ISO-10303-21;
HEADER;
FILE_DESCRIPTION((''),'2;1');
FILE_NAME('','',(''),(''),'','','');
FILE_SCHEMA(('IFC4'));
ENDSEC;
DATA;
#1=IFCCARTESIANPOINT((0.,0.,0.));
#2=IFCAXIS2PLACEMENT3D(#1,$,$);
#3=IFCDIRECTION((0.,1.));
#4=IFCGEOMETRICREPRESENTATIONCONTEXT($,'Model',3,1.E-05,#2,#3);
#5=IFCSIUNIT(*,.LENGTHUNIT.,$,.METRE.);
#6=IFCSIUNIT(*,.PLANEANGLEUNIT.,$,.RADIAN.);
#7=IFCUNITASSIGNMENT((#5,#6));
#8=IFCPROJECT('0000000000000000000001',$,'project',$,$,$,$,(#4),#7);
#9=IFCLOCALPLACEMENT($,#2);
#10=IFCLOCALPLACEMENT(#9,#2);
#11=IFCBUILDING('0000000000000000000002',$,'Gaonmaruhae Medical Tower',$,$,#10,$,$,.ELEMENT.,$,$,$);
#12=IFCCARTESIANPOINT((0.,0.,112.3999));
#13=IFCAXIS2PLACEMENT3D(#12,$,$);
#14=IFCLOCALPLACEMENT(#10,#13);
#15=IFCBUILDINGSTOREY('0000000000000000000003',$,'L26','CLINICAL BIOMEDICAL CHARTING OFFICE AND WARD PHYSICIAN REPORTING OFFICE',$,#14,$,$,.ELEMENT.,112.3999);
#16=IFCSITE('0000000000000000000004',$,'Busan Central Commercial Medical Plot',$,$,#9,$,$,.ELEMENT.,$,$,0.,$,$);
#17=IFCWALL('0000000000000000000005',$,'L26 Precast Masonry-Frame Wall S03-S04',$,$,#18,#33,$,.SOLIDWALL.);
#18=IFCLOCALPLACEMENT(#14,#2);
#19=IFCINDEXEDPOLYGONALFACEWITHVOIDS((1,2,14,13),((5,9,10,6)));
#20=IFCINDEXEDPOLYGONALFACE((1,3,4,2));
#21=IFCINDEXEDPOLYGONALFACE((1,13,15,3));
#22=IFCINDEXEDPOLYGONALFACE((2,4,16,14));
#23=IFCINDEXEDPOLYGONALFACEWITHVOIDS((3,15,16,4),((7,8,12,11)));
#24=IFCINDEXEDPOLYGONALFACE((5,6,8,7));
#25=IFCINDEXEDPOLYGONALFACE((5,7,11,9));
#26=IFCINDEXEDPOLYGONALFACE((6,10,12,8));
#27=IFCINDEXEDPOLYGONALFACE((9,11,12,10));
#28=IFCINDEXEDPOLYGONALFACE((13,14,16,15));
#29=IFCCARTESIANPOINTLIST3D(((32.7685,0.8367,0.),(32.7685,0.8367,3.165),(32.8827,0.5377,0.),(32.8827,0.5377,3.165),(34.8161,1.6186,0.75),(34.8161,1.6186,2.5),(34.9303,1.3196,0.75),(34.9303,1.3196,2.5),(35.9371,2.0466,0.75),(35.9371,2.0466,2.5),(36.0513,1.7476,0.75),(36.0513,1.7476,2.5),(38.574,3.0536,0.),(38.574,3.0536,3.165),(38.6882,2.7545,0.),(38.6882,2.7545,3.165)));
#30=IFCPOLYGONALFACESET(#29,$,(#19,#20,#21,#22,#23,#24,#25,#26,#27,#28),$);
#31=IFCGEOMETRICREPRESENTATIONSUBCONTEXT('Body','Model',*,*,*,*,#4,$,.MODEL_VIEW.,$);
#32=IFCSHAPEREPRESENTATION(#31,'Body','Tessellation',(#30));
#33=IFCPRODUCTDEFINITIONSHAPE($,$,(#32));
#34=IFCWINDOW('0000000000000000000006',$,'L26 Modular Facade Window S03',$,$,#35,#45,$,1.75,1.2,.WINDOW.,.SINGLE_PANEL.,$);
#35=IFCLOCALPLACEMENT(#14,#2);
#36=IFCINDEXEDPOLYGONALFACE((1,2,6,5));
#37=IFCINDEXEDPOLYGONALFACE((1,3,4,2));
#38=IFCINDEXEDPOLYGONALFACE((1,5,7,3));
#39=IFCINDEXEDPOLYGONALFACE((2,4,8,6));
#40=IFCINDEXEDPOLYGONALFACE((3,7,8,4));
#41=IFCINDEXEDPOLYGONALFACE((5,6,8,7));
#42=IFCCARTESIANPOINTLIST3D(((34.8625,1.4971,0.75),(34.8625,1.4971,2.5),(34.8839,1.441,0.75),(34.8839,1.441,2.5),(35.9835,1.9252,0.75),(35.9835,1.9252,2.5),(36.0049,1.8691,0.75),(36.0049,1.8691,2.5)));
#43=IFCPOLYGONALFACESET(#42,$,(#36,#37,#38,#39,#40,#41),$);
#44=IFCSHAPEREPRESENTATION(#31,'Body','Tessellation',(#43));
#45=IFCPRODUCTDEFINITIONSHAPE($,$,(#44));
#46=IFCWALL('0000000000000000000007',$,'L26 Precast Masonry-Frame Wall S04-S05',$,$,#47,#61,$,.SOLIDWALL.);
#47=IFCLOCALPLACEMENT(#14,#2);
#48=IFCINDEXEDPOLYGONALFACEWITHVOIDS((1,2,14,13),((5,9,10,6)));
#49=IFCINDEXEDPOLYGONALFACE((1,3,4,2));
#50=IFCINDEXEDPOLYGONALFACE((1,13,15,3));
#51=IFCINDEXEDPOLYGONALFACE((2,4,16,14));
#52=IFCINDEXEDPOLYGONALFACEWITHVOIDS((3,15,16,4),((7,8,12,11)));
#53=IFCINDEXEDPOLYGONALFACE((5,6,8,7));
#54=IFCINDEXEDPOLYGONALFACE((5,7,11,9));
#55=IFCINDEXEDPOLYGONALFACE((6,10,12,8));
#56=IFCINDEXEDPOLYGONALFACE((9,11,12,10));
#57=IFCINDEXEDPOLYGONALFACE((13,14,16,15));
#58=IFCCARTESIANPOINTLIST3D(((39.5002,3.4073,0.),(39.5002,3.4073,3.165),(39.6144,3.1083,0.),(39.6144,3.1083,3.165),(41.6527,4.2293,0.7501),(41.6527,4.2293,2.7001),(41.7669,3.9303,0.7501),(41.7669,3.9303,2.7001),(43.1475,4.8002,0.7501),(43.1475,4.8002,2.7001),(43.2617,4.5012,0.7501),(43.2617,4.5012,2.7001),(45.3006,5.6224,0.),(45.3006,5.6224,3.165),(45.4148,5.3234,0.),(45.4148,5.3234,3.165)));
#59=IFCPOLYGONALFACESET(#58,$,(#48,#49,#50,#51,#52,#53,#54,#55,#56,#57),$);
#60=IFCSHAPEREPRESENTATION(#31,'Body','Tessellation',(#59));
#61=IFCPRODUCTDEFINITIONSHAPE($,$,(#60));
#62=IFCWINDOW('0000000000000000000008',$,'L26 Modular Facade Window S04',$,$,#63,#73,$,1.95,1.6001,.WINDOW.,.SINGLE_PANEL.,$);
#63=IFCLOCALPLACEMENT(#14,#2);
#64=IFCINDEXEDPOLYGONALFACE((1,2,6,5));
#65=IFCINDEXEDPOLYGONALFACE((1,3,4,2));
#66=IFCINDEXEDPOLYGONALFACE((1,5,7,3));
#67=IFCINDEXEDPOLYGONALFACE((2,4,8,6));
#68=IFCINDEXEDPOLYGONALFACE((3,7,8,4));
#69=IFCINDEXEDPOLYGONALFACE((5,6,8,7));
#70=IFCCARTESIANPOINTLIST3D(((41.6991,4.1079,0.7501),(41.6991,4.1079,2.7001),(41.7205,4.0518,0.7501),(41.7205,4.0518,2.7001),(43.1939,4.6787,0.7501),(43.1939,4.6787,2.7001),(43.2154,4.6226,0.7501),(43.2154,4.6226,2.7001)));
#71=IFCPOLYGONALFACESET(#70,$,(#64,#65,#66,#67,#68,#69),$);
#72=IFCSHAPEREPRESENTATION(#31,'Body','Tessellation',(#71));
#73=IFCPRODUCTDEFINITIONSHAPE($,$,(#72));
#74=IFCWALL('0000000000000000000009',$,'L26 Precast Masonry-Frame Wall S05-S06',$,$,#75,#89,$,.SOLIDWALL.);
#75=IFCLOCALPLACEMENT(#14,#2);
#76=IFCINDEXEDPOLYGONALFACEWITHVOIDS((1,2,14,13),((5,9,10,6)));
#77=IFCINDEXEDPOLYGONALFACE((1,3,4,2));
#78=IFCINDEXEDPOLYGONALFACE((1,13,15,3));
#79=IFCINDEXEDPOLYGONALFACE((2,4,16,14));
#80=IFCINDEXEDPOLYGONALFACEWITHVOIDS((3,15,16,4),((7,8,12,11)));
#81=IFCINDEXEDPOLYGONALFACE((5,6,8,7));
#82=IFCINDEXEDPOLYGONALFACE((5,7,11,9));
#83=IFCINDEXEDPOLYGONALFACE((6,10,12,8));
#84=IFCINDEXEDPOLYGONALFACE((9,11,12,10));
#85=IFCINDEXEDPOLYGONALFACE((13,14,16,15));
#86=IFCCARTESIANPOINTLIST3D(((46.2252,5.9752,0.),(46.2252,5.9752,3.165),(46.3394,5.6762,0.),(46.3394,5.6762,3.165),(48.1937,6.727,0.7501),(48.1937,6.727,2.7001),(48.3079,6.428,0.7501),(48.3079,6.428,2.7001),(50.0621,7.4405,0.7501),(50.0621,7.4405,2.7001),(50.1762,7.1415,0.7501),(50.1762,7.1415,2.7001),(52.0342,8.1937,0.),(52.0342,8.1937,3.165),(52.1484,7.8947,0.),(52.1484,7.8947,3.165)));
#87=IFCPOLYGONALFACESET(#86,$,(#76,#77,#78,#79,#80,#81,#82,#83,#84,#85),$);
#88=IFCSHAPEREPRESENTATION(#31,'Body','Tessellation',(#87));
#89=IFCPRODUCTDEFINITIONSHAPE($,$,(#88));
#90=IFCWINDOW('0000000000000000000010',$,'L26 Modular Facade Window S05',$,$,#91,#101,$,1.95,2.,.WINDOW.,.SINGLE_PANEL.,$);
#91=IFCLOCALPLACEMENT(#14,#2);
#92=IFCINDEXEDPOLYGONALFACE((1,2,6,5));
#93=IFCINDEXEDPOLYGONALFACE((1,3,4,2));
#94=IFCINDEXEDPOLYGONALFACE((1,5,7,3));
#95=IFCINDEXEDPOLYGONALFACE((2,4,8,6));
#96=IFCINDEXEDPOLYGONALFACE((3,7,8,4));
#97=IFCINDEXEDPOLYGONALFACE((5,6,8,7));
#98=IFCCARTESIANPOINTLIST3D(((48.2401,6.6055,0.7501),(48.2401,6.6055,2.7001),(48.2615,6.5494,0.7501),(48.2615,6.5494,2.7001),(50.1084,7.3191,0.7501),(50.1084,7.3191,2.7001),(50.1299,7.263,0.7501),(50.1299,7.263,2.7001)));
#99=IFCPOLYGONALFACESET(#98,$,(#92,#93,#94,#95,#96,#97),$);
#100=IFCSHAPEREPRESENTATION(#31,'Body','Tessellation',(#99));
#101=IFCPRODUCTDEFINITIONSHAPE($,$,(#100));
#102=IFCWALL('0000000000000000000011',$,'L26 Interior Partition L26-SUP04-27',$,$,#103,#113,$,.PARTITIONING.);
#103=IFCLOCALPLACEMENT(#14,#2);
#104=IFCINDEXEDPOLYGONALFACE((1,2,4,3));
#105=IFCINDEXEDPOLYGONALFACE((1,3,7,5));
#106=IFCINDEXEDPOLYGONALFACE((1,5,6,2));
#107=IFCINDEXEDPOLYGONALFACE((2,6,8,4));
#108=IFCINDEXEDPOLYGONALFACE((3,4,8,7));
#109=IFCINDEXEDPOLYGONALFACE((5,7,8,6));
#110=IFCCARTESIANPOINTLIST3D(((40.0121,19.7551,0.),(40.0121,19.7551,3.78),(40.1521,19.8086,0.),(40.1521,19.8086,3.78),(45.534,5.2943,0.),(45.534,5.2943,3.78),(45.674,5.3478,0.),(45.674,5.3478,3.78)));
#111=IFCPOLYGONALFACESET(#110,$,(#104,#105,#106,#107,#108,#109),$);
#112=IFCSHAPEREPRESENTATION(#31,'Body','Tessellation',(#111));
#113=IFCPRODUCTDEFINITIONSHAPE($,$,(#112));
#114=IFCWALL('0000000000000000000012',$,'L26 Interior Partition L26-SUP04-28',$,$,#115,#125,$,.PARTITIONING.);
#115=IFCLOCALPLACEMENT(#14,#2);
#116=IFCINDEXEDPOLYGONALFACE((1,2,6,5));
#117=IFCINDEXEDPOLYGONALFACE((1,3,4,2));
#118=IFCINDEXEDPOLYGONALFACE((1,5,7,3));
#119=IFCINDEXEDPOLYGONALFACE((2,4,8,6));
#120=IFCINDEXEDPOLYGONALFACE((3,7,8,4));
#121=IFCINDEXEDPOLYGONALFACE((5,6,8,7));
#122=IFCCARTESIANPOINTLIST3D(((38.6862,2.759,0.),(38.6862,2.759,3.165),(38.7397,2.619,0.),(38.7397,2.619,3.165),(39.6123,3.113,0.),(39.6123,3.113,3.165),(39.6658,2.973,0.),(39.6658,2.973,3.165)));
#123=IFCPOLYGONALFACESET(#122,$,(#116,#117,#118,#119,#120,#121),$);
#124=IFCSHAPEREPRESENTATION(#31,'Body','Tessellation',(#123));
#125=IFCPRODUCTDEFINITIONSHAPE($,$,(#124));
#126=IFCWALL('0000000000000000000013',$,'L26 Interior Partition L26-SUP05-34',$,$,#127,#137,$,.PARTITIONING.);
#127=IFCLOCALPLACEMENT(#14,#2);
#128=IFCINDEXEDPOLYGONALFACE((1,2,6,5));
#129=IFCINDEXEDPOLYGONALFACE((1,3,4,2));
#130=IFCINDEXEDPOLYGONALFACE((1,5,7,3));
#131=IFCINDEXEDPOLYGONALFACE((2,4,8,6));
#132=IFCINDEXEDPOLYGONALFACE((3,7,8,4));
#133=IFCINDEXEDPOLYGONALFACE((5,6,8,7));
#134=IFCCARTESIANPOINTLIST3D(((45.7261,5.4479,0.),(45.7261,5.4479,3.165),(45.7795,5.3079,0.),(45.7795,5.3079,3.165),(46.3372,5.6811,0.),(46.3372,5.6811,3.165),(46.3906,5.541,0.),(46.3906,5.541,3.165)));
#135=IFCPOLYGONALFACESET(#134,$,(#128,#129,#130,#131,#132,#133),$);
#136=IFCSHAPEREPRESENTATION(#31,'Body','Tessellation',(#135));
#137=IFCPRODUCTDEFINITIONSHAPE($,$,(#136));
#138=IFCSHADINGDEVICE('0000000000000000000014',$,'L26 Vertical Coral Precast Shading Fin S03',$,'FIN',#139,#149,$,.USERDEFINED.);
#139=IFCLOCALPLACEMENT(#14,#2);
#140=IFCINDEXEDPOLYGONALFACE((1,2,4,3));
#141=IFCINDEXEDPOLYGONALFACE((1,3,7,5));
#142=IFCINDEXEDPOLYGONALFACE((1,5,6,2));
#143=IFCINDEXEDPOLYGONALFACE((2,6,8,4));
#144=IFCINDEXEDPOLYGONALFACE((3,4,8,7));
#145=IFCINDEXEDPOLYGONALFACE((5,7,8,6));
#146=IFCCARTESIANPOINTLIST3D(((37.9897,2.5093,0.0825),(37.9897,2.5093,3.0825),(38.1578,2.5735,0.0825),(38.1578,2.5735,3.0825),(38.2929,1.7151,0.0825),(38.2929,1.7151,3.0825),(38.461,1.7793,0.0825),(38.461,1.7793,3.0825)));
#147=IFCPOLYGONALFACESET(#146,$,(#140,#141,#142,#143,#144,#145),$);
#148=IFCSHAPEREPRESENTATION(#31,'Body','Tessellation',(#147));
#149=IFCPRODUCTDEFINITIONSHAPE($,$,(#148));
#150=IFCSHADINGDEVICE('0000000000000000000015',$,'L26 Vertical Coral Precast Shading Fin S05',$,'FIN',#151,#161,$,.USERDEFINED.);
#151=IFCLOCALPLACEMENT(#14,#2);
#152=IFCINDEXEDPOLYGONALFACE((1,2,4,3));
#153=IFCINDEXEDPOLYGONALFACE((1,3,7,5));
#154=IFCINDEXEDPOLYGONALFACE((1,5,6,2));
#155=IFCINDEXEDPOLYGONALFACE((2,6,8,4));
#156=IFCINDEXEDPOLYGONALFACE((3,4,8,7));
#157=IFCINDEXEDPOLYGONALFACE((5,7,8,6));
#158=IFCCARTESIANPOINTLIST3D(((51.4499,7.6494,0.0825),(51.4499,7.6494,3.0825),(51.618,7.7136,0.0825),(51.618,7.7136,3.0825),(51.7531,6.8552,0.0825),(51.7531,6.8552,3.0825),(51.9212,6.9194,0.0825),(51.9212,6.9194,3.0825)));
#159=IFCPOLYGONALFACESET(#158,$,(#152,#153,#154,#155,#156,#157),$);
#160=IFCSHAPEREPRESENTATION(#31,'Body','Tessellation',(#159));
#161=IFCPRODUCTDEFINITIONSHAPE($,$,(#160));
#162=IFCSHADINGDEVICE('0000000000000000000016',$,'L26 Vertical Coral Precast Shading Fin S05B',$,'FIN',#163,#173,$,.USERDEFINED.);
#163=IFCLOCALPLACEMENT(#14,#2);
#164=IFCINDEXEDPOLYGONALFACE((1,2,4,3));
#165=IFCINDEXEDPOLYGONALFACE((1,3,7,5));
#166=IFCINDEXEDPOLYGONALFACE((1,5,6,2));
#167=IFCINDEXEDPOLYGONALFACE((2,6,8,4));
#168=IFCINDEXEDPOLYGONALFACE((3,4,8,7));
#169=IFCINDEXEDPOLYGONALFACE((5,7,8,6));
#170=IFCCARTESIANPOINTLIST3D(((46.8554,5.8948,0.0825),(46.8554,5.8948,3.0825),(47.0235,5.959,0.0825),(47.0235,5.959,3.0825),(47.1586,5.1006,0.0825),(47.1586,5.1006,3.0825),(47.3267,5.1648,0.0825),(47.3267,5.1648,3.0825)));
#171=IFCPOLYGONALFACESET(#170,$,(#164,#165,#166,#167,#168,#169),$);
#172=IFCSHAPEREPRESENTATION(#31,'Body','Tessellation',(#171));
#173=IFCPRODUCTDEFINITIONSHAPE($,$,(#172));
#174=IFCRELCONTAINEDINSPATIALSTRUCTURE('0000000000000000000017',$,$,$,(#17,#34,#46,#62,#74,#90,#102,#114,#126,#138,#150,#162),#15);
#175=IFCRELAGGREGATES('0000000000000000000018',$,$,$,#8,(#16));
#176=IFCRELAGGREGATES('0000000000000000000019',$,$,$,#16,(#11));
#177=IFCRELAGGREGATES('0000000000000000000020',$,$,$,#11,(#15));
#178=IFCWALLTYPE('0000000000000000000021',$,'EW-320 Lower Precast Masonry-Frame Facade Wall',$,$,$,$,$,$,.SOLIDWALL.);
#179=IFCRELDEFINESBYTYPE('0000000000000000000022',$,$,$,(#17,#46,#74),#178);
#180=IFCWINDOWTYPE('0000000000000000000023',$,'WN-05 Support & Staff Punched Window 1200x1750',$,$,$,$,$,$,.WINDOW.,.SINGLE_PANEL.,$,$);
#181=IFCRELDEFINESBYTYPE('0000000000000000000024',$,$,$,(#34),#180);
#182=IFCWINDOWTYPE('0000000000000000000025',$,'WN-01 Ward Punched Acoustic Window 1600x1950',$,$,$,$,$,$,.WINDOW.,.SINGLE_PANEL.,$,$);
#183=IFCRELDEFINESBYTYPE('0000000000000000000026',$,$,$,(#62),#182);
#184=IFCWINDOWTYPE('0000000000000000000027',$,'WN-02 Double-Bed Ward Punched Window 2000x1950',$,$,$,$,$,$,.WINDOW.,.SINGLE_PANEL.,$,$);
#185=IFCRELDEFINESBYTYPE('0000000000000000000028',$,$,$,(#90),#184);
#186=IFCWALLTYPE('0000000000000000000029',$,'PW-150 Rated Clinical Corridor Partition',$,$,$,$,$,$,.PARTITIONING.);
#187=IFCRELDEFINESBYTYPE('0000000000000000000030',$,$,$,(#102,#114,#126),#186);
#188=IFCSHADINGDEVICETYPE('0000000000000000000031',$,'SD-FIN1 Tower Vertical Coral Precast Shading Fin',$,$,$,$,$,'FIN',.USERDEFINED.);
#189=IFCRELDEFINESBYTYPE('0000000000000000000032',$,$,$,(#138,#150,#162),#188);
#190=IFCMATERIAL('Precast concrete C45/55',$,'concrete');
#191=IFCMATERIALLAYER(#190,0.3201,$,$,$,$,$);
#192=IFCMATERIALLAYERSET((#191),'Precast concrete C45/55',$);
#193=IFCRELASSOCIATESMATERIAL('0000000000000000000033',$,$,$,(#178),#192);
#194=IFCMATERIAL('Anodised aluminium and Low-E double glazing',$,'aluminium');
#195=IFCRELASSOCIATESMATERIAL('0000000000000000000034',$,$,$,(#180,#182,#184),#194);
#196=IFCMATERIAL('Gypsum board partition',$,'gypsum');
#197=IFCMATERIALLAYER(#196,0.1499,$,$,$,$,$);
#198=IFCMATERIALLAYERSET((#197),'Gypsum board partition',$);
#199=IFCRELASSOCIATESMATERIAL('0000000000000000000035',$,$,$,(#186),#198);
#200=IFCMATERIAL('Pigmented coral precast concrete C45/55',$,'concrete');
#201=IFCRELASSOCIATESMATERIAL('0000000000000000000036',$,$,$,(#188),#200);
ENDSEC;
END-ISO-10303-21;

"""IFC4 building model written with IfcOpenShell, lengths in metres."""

from ifc_helpers import new_model, si_unit, direction, frame, frame_2d, origin, origin_2d, place, context, subcontext, project, spatial, rectangle, extrude, material, layer, layer_set, type_object, element, fill, save


model = new_model("IFC4")

# Units and contexts
model_context = context("Model", 3, precision=1e-05, world=origin(), true_north=direction((0.0, 1.0)))
body_context = subcontext(model_context, "Body", "Model", "MODEL_VIEW")
ifc_project = project(units=[si_unit("LENGTHUNIT", "METRE"), si_unit("PLANEANGLEUNIT", "RADIAN")], contexts=[model_context])

# Site, building, storey
site_placement = place(None, origin())
site = spatial("IfcSite", under=ifc_project, at=site_placement, Name="Busan Central Commercial Medical Plot", CompositionType="ELEMENT", RefElevation=0.0)
building_placement = place(site_placement, origin())
building = spatial("IfcBuilding", under=site, at=building_placement, Name="Gaonmaruhae Medical Tower", CompositionType="ELEMENT")
storey_placement = place(building_placement, frame((0.0, 0.0, 112.3999)))
storey = spatial("IfcBuildingStorey", under=building, at=storey_placement, Name="L26", Description="CLINICAL BIOMEDICAL CHARTING OFFICE AND WARD PHYSICIAN REPORTING OFFICE", CompositionType="ELEMENT", Elevation=112.3999)

# Walls, openings, windows
ifc_material_1 = material(Name="Precast concrete C45/55", Category="concrete")
ifc_layer_1 = layer(ifc_material_1, 0.3201)
ifc_layer_set_1 = layer_set([ifc_layer_1], Name="Precast concrete C45/55")
wall_type_1 = type_object("IfcWallType", Name="EW-320 Lower Precast Masonry-Frame Facade Wall", PredefinedType="SOLIDWALL", material=ifc_layer_set_1)
wall_1_placement = place(storey_placement, frame((38.6311, 2.9041, 0.0), z_axis=(0.0, 0.0, 1.0), x_axis=(-0.934209, -0.356727, 0.0)))
wall_1 = element("IfcWall", 1, at=wall_1_placement, inside=storey, type_object=wall_type_1, Name="L26 Precast Masonry-Frame Wall S03-S04", PredefinedType="SOLIDWALL", context=body_context, shape_type="SweptSolid", body=[
    extrude(rectangle(XDim=6.2144, YDim=0.3201, at=frame_2d((3.1072, 0.0))), origin(), (0.0, 0.0, 1.0), 3.165),
])
opening_1_placement = place(wall_1_placement, frame((2.8225, 0.0, 0.75)))
opening_1 = element("IfcOpeningElement", 2, at=opening_1_placement, cuts=wall_1, PredefinedType="OPENING", context=body_context, shape_type="SweptSolid", body=[
    extrude(rectangle(XDim=1.2, YDim=1.75, at=frame_2d((0.6001, 0.875))), frame((0.0, 0.1699, 0.0), z_axis=(0.0, -1.0, 0.0), x_axis=(1.0, 0.0, 0.0)), (0.0, 0.0, 1.0), 0.3401),
])
ifc_material_2 = material(Name="Anodised aluminium and Low-E double glazing", Category="aluminium")
window_type_1 = type_object("IfcWindowType", Name="WN-05 Support & Staff Punched Window 1200x1750", PartitioningType="SINGLE_PANEL", PredefinedType="WINDOW", material=ifc_material_2)
window_1_placement = place(opening_1_placement, origin())
window_1 = element("IfcWindow", 3, at=window_1_placement, inside=storey, type_object=window_type_1, Name="L26 Modular Facade Window S03", OverallHeight=1.75, OverallWidth=1.2, PartitioningType="SINGLE_PANEL", PredefinedType="WINDOW", context=body_context, shape_type="SweptSolid", body=[
    extrude(rectangle(XDim=1.2, YDim=1.75, at=frame_2d((0.6001, 0.875))), frame((0.0, 0.03, 0.0), z_axis=(0.0, -1.0, 0.0), x_axis=(1.0, 0.0, 0.0)), (0.0, 0.0, 1.0), 0.0601),
])
fill(opening_1, window_1)
wall_2_placement = place(storey_placement, frame((45.3577, 5.4729, 0.0), z_axis=(0.0, 0.0, 1.0), x_axis=(-0.934195, -0.356762, 0.0)))
wall_2 = element("IfcWall", 4, at=wall_2_placement, inside=storey, type_object=wall_type_1, Name="L26 Precast Masonry-Frame Wall S04-S05", PredefinedType="SOLIDWALL", context=body_context, shape_type="SweptSolid", body=[
    extrude(rectangle(XDim=6.209, YDim=0.3201, at=frame_2d((3.1045, 0.0))), origin(), (0.0, 0.0, 1.0), 3.165),
])
opening_2_placement = place(wall_2_placement, frame((2.3047, 0.0, 0.75)))
opening_2 = element("IfcOpeningElement", 5, at=opening_2_placement, cuts=wall_2, PredefinedType="OPENING", context=body_context, shape_type="SweptSolid", body=[
    extrude(rectangle(XDim=1.6001, YDim=1.95, at=frame_2d((0.8, 0.9751))), frame((0.0, 0.1699, 0.0), z_axis=(0.0, -1.0, 0.0), x_axis=(1.0, 0.0, 0.0)), (0.0, 0.0, 1.0), 0.3401),
])
window_type_2 = type_object("IfcWindowType", Name="WN-01 Ward Punched Acoustic Window 1600x1950", PartitioningType="SINGLE_PANEL", PredefinedType="WINDOW", material=ifc_material_2)
window_2_placement = place(opening_2_placement, origin())
window_2 = element("IfcWindow", 6, at=window_2_placement, inside=storey, type_object=window_type_2, Name="L26 Modular Facade Window S04", OverallHeight=1.95, OverallWidth=1.6001, PartitioningType="SINGLE_PANEL", PredefinedType="WINDOW", context=body_context, shape_type="SweptSolid", body=[
    extrude(rectangle(XDim=1.6001, YDim=1.95, at=frame_2d((0.8, 0.9751))), frame((0.0, 0.03, 0.0), z_axis=(0.0, -1.0, 0.0), x_axis=(1.0, 0.0, 0.0)), (0.0, 0.0, 1.0), 0.0601),
])
fill(opening_2, window_2)
wall_3_placement = place(storey_placement, frame((52.0913, 8.0442, 0.0), z_axis=(0.0, 0.0, 1.0), x_axis=(-0.934192, -0.356771, 0.0)))
wall_3 = element("IfcWall", 7, at=wall_3_placement, inside=storey, type_object=wall_type_1, Name="L26 Precast Masonry-Frame Wall S05-S06", PredefinedType="SOLIDWALL", context=body_context, shape_type="SweptSolid", body=[
    extrude(rectangle(XDim=6.2183, YDim=0.3201, at=frame_2d((3.1091, 0.0))), origin(), (0.0, 0.0, 1.0), 3.165),
])
opening_3_placement = place(wall_3_placement, frame((2.1111, 0.0, 0.75)))
opening_3 = element("IfcOpeningElement", 8, at=opening_3_placement, cuts=wall_3, PredefinedType="OPENING", context=body_context, shape_type="SweptSolid", body=[
    extrude(rectangle(XDim=2.0, YDim=1.95, at=frame_2d((1.0, 0.9751))), frame((0.0, 0.1699, 0.0), z_axis=(0.0, -1.0, 0.0), x_axis=(1.0, 0.0, 0.0)), (0.0, 0.0, 1.0), 0.3401),
])
window_type_3 = type_object("IfcWindowType", Name="WN-02 Double-Bed Ward Punched Window 2000x1950", PartitioningType="SINGLE_PANEL", PredefinedType="WINDOW", material=ifc_material_2)
window_3_placement = place(opening_3_placement, origin())
window_3 = element("IfcWindow", 9, at=window_3_placement, inside=storey, type_object=window_type_3, Name="L26 Modular Facade Window S05", OverallHeight=1.95, OverallWidth=2.0, PartitioningType="SINGLE_PANEL", PredefinedType="WINDOW", context=body_context, shape_type="SweptSolid", body=[
    extrude(rectangle(XDim=2.0, YDim=1.95, at=frame_2d((1.0, 0.9751))), frame((0.0, 0.03, 0.0), z_axis=(0.0, -1.0, 0.0), x_axis=(1.0, 0.0, 0.0)), (0.0, 0.0, 1.0), 0.0601),
])
fill(opening_3, window_3)

# Shared definitions
ifc_material_3 = material(Name="Gypsum board partition", Category="gypsum")
ifc_layer_2 = layer(ifc_material_3, 0.1499)
ifc_layer_set_2 = layer_set([ifc_layer_2], Name="Gypsum board partition")
wall_type_2 = type_object("IfcWallType", Name="PW-150 Rated Clinical Corridor Partition", PredefinedType="PARTITIONING", material=ifc_layer_set_2)

# Walls
wall_4_placement = place(storey_placement, frame((40.082, 19.782, 0.0), z_axis=(0.0, 0.0, 1.0), x_axis=(0.356731, -0.934207, 0.0)))
element("IfcWall", 10, at=wall_4_placement, inside=storey, type_object=wall_type_2, Name="L26 Interior Partition L26-SUP04-27", PredefinedType="PARTITIONING", context=body_context, shape_type="SweptSolid", body=[
    extrude(rectangle(XDim=15.4792, YDim=0.1499, at=frame_2d((7.7397, 0.0))), origin(), (0.0, 0.0, 1.0), 3.78),
])
wall_5_placement = place(storey_placement, frame((39.6389, 3.043, 0.0), z_axis=(0.0, 0.0, 1.0), x_axis=(-0.934074, -0.357081, 0.0)))
element("IfcWall", 11, at=wall_5_placement, inside=storey, type_object=wall_type_2, Name="L26 Interior Partition L26-SUP04-28", PredefinedType="PARTITIONING", context=body_context, shape_type="SweptSolid", body=[
    extrude(rectangle(XDim=0.9915, YDim=0.1499, at=frame_2d((0.4956, 0.0))), origin(), (0.0, 0.0, 1.0), 3.165),
])
wall_6_placement = place(storey_placement, frame((46.364, 5.6111, 0.0), z_axis=(0.0, 0.0, 1.0), x_axis=(-0.934304, -0.356476, 0.0)))
element("IfcWall", 12, at=wall_6_placement, inside=storey, type_object=wall_type_2, Name="L26 Interior Partition L26-SUP05-34", PredefinedType="PARTITIONING", context=body_context, shape_type="SweptSolid", body=[
    extrude(rectangle(XDim=0.6541, YDim=0.1499, at=frame_2d((0.3271, 0.0))), origin(), (0.0, 0.0, 1.0), 3.165),
])

# Shading devices
ifc_material_4 = material(Name="Pigmented coral precast concrete C45/55", Category="concrete")
shading_device_type = type_object("IfcShadingDeviceType", Name="SD-FIN1 Tower Vertical Coral Precast Shading Fin", ElementType="FIN", PredefinedType="USERDEFINED", material=ifc_material_4)
for number, where, z_axis, x_axis, name in (
    (13, (38.2253, 2.1443, 0.0825), (0.0, 0.0, 1.0), (-0.934204, -0.356738, 0.0), "L26 Vertical Coral Precast Shading Fin S03"),
    (14, (51.6855, 7.2844, 0.0825), (0.0, 0.0, 1.0), (-0.934204, -0.356738, 0.0), "L26 Vertical Coral Precast Shading Fin S05"),
    (15, (47.0911, 5.5298, 0.0825), (0.0, 0.0, 1.0), (-0.934204, -0.356738, 0.0), "L26 Vertical Coral Precast Shading Fin S05B"),
):
    element("IfcShadingDevice", number, at=place(storey_placement, frame(where, z_axis=z_axis, x_axis=x_axis)), inside=storey, type_object=shading_device_type, Name=name, ObjectType="FIN", PredefinedType="USERDEFINED", context=body_context, shape_type="SweptSolid", body=[
        extrude(rectangle(XDim=0.1799, YDim=0.8501, at=origin_2d()), origin(), (0.0, 0.0, 1.0), 3.0),
    ])

save(model, "model.ifc")
